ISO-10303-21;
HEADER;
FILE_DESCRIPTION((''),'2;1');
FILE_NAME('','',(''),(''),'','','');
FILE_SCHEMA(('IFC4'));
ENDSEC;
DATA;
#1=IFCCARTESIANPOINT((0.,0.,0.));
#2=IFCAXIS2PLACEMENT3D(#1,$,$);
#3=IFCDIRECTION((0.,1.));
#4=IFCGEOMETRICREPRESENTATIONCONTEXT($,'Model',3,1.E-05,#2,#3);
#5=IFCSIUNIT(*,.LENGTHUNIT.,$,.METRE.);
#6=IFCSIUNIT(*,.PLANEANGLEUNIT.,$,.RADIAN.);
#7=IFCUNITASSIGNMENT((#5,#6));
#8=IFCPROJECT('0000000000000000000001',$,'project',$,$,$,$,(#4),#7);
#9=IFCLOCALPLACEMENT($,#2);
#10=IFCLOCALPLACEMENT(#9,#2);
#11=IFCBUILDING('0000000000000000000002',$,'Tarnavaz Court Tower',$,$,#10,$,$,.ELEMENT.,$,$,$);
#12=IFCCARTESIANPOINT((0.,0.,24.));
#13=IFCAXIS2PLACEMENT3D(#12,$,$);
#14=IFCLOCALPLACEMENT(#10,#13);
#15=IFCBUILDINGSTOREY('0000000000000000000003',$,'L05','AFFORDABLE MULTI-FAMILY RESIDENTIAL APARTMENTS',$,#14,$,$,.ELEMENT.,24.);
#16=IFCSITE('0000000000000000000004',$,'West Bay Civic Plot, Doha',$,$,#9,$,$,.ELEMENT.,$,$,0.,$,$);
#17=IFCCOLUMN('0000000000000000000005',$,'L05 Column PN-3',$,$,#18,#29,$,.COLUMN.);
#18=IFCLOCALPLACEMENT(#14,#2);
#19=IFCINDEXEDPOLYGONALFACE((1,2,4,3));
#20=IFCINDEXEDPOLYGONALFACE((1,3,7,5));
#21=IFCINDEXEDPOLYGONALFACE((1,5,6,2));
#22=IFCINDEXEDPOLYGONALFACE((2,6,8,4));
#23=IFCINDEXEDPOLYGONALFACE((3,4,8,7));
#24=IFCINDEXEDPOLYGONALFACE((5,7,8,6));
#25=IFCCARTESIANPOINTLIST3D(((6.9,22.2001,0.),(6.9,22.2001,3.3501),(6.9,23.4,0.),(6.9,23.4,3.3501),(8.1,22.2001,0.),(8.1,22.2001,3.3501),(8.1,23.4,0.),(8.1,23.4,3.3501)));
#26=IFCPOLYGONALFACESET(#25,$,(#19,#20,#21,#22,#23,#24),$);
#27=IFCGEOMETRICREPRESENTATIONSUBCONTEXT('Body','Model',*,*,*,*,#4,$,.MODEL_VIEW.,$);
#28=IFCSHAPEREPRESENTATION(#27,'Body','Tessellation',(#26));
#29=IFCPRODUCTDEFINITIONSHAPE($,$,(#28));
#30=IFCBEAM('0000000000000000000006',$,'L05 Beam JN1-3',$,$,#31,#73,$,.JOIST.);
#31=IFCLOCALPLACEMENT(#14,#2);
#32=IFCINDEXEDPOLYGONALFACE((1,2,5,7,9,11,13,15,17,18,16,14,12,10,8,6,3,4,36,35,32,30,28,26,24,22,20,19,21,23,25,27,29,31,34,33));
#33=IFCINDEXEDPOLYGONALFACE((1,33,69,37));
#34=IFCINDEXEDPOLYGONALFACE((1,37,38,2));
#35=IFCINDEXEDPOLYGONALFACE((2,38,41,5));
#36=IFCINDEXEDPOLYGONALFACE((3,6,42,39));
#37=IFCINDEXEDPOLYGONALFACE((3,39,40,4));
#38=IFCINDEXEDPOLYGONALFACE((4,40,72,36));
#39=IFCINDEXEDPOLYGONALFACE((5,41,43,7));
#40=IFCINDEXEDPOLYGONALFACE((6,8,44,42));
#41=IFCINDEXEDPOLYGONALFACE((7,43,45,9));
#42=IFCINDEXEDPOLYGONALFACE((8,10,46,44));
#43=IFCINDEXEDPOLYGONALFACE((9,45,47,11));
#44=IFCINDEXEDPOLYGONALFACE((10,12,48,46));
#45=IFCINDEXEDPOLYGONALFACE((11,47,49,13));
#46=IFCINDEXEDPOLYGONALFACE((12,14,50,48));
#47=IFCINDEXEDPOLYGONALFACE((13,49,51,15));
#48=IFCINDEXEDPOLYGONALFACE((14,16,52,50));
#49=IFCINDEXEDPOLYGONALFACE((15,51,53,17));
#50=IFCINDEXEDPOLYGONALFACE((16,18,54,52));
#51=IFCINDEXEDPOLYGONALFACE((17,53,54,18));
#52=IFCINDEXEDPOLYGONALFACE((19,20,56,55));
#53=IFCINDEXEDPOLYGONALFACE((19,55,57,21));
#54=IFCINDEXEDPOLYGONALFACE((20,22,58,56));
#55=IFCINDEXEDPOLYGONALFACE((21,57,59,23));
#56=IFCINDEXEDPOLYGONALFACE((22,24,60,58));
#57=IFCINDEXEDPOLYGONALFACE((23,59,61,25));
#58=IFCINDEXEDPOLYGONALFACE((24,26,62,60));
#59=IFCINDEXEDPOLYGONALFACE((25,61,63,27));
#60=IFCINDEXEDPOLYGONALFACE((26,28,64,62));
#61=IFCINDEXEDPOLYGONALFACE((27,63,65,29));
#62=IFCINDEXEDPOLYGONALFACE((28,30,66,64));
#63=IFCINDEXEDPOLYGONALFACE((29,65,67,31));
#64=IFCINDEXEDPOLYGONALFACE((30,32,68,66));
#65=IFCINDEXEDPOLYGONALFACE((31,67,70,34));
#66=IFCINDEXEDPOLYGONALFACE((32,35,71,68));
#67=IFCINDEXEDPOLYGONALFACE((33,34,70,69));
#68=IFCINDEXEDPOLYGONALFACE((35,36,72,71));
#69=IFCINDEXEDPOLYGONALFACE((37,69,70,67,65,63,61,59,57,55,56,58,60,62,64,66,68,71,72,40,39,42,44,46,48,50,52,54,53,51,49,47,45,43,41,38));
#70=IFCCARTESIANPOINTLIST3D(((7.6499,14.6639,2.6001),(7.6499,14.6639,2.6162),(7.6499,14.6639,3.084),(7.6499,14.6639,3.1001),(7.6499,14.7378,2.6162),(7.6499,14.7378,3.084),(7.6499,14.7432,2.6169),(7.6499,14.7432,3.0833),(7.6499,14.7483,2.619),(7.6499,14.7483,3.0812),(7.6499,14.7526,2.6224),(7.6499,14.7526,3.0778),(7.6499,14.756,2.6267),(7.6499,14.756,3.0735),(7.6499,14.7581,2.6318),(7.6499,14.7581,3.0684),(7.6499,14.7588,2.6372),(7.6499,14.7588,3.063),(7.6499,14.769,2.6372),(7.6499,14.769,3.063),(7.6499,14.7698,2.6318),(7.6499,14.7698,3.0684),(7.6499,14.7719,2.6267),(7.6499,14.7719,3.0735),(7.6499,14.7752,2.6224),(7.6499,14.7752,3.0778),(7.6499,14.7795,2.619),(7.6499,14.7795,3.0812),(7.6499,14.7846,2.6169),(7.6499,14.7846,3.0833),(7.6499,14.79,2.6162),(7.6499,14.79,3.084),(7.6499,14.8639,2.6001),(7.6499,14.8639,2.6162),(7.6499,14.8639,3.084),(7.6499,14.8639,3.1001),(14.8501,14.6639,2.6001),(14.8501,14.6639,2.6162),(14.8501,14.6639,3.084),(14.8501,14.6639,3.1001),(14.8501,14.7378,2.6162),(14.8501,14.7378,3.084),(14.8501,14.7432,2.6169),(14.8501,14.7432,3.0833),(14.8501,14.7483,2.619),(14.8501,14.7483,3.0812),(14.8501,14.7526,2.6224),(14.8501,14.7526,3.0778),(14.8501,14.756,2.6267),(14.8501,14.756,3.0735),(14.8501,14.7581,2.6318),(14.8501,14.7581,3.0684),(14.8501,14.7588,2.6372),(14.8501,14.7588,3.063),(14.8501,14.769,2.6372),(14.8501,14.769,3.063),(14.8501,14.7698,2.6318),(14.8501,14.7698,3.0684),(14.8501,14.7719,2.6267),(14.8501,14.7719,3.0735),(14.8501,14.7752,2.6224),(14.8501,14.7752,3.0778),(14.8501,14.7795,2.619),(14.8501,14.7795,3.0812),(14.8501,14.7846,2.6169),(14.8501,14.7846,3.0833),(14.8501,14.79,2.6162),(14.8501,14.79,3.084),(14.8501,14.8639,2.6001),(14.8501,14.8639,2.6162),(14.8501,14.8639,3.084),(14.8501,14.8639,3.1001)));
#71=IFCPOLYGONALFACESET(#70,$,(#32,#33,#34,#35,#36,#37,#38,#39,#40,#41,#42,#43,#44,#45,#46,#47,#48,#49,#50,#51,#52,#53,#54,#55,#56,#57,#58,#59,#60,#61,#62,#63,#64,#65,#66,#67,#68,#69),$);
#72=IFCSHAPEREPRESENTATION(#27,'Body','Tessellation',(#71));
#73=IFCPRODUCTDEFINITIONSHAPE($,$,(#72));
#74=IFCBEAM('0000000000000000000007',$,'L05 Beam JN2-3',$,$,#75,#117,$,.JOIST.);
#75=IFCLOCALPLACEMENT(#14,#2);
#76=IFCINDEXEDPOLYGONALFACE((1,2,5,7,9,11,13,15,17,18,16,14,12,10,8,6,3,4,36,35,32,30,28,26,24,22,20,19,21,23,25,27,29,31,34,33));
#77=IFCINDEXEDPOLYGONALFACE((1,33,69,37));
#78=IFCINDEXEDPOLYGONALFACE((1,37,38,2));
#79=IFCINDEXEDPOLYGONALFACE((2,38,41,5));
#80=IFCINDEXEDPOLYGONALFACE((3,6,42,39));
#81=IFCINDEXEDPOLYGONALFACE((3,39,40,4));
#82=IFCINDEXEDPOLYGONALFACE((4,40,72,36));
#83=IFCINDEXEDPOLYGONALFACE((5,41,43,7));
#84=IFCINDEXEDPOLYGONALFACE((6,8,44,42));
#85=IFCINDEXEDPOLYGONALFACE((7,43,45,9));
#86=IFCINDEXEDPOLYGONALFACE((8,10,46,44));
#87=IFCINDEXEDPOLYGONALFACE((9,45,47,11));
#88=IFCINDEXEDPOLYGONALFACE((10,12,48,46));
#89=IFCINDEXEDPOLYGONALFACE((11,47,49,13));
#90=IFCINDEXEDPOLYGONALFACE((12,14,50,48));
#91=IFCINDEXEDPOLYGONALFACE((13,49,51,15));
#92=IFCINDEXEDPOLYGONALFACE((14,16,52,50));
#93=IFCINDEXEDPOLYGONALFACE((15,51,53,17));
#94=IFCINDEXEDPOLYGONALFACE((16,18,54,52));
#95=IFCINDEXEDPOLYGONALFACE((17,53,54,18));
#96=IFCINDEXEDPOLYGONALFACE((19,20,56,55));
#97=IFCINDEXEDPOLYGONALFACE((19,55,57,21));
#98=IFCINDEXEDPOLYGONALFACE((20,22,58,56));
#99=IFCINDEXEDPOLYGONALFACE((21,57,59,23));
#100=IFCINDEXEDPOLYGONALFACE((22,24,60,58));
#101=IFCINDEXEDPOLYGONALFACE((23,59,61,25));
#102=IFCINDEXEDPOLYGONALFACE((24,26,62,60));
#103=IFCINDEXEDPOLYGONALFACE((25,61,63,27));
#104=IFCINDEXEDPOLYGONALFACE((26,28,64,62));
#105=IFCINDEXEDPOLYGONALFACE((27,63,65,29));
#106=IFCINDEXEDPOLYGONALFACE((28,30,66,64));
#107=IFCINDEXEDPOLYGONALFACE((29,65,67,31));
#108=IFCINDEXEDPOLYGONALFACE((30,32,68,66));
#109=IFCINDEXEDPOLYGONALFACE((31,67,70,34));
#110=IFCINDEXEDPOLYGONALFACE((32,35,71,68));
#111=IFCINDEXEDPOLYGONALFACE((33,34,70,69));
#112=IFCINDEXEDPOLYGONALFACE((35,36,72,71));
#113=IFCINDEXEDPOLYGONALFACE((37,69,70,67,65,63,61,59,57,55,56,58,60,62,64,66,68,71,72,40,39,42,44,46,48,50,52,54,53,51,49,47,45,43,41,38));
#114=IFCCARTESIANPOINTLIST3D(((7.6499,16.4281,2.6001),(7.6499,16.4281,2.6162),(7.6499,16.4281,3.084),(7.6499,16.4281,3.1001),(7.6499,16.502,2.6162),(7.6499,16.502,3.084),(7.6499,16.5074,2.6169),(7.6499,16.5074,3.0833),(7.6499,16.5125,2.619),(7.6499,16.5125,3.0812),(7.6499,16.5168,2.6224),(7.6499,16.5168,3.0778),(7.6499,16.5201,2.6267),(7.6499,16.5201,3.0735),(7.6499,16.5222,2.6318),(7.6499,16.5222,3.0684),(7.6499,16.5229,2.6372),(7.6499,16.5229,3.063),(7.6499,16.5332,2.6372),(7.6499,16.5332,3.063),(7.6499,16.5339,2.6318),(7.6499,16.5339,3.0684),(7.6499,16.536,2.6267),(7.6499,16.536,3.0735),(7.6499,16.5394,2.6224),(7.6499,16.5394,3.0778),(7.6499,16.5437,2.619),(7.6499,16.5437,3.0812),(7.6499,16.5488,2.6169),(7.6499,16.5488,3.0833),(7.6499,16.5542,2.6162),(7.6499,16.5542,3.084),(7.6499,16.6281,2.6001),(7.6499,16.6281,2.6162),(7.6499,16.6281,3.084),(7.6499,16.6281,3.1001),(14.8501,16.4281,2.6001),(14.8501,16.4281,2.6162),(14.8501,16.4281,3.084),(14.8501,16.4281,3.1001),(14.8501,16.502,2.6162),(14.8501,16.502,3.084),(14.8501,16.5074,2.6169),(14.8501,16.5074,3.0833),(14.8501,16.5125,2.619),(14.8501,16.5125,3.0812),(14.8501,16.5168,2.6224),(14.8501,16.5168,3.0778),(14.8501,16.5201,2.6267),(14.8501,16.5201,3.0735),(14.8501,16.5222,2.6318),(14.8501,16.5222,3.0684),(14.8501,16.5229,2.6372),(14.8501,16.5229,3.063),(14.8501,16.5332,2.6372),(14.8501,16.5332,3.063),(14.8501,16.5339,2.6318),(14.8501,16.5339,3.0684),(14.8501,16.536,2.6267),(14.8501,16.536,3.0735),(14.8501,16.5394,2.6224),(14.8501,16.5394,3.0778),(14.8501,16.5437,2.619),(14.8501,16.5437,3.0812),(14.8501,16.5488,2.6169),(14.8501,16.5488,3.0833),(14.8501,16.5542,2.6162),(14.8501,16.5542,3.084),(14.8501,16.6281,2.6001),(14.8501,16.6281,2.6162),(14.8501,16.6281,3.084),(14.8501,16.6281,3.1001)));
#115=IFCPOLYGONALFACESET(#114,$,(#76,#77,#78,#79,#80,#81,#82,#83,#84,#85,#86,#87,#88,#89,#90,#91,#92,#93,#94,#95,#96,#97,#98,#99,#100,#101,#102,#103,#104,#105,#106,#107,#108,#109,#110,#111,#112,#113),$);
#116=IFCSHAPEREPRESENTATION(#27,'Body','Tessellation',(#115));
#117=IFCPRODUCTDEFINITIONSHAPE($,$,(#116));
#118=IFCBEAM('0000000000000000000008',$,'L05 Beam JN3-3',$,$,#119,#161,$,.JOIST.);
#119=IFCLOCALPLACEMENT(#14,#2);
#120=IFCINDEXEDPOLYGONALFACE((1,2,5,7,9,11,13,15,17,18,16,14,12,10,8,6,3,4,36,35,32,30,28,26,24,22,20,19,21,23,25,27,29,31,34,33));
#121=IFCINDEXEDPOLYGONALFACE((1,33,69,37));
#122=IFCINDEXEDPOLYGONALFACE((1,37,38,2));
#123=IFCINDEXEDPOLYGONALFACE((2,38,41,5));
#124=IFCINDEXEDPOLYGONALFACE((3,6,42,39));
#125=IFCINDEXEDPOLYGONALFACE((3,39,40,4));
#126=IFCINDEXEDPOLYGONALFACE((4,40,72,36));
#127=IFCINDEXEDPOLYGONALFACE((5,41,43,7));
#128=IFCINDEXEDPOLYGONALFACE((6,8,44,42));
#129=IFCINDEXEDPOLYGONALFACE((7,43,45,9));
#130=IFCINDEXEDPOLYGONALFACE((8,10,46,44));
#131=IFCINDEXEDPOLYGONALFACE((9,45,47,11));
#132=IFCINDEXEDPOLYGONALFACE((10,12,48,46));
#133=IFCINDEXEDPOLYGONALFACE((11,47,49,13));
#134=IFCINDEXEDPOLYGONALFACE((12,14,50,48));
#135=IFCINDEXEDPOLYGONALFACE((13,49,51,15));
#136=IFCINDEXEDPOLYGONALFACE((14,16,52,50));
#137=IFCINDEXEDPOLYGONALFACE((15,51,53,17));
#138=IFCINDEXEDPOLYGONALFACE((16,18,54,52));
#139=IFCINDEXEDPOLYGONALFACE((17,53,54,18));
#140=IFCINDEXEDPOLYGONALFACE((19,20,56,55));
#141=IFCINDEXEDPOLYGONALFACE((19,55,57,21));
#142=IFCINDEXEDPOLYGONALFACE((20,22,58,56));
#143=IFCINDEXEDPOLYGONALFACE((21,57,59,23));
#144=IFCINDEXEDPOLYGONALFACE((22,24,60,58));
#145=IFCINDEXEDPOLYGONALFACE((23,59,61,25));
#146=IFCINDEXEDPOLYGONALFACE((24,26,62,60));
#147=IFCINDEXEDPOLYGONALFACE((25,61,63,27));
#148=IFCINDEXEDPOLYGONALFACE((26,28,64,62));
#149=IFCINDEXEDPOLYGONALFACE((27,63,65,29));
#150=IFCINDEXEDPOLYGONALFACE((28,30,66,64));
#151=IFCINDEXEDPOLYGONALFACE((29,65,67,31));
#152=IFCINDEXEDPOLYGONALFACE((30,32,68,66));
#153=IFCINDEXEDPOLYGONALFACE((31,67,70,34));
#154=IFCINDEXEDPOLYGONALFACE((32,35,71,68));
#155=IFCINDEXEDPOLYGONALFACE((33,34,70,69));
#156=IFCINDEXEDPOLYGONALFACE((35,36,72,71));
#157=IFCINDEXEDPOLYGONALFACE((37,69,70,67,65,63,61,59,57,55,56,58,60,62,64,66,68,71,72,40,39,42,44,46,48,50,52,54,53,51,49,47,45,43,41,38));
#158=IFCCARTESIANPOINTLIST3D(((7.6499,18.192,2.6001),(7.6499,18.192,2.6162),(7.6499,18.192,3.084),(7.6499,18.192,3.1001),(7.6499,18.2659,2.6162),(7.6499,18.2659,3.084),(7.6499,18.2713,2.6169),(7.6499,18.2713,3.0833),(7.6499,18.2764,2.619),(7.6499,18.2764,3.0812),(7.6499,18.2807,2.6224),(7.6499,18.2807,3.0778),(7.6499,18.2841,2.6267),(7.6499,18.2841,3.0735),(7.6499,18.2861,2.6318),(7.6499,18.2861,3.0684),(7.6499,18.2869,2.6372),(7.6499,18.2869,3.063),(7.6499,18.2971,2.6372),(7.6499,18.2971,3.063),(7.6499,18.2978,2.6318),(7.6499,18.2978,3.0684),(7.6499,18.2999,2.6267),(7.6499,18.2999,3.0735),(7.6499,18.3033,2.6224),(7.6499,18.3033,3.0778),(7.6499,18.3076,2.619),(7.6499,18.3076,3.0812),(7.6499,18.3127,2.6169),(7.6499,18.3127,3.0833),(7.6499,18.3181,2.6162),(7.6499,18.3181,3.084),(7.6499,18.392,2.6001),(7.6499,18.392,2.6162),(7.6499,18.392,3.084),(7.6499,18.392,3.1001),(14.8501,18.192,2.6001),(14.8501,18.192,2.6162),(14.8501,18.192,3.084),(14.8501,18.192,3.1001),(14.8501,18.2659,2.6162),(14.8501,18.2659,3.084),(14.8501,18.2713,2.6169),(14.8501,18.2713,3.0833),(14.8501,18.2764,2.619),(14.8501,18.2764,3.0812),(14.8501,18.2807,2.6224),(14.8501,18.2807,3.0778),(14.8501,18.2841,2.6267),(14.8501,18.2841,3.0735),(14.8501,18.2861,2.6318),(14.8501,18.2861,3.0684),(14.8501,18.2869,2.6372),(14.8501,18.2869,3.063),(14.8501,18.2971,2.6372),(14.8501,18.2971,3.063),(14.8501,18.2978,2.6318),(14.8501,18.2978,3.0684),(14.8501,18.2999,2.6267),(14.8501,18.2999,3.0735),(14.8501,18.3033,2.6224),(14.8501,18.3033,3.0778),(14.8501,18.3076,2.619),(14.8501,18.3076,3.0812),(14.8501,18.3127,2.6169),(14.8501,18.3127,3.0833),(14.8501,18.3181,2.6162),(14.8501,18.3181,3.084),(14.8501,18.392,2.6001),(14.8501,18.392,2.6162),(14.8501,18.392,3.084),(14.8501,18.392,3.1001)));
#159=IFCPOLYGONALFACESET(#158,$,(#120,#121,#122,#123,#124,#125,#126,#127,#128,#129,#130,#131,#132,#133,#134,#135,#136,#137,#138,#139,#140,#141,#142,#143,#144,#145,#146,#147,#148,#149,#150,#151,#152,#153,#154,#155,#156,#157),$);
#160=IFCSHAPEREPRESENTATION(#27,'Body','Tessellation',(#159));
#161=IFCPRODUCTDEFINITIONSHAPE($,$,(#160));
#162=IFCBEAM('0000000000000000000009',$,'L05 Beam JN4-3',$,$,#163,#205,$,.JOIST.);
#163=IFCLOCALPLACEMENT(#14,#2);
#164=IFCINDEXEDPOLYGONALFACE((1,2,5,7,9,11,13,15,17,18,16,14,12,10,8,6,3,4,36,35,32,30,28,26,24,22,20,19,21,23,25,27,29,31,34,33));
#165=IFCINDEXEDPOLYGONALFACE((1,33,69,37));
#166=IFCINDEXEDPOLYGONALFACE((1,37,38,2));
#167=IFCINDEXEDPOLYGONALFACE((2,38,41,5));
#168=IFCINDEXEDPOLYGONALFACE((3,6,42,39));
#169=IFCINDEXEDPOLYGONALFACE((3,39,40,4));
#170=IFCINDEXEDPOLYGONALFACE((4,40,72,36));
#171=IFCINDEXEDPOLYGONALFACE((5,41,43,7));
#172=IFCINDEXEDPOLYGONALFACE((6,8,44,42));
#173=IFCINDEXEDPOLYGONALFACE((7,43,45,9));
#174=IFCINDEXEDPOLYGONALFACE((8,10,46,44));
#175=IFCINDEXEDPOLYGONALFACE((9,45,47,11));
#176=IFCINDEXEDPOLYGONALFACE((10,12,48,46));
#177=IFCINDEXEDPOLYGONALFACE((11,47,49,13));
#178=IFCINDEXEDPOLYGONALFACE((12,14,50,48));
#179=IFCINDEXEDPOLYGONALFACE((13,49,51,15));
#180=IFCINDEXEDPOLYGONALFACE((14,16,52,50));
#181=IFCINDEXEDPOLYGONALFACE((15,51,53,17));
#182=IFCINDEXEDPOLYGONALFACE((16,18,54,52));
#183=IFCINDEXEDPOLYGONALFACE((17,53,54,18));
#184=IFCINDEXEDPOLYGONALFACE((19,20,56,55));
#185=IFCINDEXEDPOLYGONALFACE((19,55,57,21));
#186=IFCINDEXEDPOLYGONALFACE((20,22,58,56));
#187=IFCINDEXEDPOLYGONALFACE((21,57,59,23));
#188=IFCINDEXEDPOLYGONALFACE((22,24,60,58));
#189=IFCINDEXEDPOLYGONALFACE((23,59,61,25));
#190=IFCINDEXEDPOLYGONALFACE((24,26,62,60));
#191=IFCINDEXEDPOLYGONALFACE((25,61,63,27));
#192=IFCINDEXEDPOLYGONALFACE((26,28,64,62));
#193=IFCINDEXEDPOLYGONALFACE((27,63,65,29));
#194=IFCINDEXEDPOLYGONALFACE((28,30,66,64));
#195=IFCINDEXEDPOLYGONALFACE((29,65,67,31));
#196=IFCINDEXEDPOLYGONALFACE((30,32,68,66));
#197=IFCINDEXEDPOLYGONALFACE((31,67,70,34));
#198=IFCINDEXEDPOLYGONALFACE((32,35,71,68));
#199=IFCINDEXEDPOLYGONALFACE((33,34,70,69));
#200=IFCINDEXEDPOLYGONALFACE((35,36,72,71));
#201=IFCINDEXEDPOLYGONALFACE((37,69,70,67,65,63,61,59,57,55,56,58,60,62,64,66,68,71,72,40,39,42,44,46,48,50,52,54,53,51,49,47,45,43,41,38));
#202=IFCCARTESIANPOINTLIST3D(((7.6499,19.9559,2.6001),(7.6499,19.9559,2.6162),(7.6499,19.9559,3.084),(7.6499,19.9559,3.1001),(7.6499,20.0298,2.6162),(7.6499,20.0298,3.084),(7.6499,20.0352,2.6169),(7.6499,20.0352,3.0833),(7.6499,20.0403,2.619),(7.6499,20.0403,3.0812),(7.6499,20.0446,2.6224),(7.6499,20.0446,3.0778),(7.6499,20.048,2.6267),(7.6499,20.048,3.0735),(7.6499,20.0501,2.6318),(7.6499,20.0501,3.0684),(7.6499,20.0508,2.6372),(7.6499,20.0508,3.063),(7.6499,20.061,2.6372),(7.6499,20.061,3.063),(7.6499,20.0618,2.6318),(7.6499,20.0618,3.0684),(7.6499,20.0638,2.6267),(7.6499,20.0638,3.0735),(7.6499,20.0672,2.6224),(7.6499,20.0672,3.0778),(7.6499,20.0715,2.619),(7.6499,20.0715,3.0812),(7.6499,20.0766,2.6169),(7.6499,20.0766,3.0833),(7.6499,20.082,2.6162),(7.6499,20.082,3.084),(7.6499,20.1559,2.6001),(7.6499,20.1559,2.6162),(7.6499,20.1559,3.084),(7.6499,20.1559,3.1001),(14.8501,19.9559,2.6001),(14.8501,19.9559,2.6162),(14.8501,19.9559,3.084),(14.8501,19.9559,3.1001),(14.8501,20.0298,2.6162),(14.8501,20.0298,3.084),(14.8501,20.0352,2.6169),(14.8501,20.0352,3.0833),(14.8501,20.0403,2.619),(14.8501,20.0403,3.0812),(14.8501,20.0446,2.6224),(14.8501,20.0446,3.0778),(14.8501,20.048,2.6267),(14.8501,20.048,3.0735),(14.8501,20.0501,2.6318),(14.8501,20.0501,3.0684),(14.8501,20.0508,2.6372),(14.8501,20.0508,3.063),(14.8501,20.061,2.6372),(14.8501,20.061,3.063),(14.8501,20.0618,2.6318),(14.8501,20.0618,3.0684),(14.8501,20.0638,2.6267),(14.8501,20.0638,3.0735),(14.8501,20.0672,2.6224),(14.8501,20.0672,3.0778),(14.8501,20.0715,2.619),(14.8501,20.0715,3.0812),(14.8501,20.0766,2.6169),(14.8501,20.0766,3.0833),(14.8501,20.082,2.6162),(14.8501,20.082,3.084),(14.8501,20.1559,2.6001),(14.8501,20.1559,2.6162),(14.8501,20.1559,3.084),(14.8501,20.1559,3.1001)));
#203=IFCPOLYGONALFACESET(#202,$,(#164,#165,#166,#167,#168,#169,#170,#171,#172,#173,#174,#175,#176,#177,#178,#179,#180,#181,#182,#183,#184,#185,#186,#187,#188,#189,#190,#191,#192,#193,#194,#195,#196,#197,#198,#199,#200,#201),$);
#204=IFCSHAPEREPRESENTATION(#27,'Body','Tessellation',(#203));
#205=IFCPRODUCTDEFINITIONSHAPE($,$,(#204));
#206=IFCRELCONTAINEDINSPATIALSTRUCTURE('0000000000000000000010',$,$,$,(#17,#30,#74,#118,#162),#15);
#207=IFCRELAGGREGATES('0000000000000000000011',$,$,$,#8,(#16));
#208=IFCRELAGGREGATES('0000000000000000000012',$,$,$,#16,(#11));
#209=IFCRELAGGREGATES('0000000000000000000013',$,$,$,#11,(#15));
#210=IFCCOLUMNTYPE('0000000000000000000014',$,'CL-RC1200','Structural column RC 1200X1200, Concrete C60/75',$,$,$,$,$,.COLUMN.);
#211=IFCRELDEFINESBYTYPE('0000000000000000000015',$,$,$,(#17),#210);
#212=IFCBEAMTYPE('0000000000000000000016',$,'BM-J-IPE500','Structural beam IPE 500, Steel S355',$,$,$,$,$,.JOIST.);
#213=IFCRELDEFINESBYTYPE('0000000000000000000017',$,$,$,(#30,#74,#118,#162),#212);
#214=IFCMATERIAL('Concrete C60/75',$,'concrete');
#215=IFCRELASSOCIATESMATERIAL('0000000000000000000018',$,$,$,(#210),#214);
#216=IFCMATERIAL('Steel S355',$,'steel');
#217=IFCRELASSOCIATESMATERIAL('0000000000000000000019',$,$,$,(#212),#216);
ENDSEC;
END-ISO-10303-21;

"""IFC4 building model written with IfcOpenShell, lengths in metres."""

from ifc_helpers import new_model, si_unit, direction, frame, origin, origin_2d, place, context, subcontext, project, spatial, rectangle, i_section, extrude, material, material_profile, profile_set, type_object, element, save


model = new_model("IFC4")

# Units and contexts
model_context = context("Model", 3, precision=1e-05, world=origin(), true_north=direction((0.0, 1.0)))
body_context = subcontext(model_context, "Body", "Model", "MODEL_VIEW")
ifc_project = project(units=[si_unit("LENGTHUNIT", "METRE"), si_unit("PLANEANGLEUNIT", "RADIAN")], contexts=[model_context])

# Site, building, storey
site_placement = place(None, origin())
site = spatial("IfcSite", under=ifc_project, at=site_placement, Name="West Bay Civic Plot, Doha", CompositionType="ELEMENT", RefElevation=0.0)
building_placement = place(site_placement, origin())
building = spatial("IfcBuilding", under=site, at=building_placement, Name="Tarnavaz Court Tower", CompositionType="ELEMENT")
storey_placement = place(building_placement, frame((0.0, 0.0, 24.0)))
storey = spatial("IfcBuildingStorey", under=building, at=storey_placement, Name="L05", Description="AFFORDABLE MULTI-FAMILY RESIDENTIAL APARTMENTS", CompositionType="ELEMENT", Elevation=24.0)

# Column
ifc_material_1 = material(Name="Concrete C60/75", Category="concrete")
ifc_material_profile_1 = material_profile(ifc_material_1, rectangle(XDim=1.2, YDim=1.2, at=origin_2d()), Name="RC 1200X1200")
ifc_profile_set_1 = profile_set([ifc_material_profile_1], Name="Concrete C60/75")
column_type = type_object("IfcColumnType", Name="CL-RC1200", Description="Structural column RC 1200X1200, Concrete C60/75", PredefinedType="COLUMN", material=ifc_profile_set_1)
column_placement = place(storey_placement, frame((7.5, 22.8, 0.0), z_axis=(0.0, 0.0, 1.0), x_axis=(1.0, 0.0, 0.0)))
element("IfcColumn", 1, at=column_placement, inside=storey, type_object=column_type, Name="L05 Column PN-3", PredefinedType="COLUMN", context=body_context, shape_type="SweptSolid", body=[
    extrude(rectangle(XDim=1.2, YDim=1.2, at=origin_2d()), origin(), (0.0, 0.0, 1.0), 3.3501),
])

# Beams
ifc_material_2 = material(Name="Steel S355", Category="steel")
ifc_material_profile_2 = material_profile(ifc_material_2, i_section(OverallWidth=0.2, OverallDepth=0.5, WebThickness=0.0103, FlangeThickness=0.0161, FilletRadius=0.021, at=origin_2d()), Name="IPE 500")
ifc_profile_set_2 = profile_set([ifc_material_profile_2], Name="Steel S355")
beam_type_1 = type_object("IfcBeamType", Name="BM-J-IPE500", Description="Structural beam IPE 500, Steel S355", PredefinedType="JOIST", material=ifc_profile_set_2)
for number, where, z_axis, x_axis, name in (
    (2, (7.6499, 14.7639, 2.8501), (1.0, 0.0, 0.0), (0.0, 1.0, 0.0), "L05 Beam JN1-3"),
    (3, (7.6499, 16.5281, 2.8501), (1.0, 0.0, 0.0), (0.0, 1.0, 0.0), "L05 Beam JN2-3"),
    (4, (7.6499, 18.292, 2.8501), (1.0, 0.0, 0.0), (0.0, 1.0, 0.0), "L05 Beam JN3-3"),
    (5, (7.6499, 20.0559, 2.8501), (1.0, 0.0, 0.0), (0.0, 1.0, 0.0), "L05 Beam JN4-3"),
):
    element("IfcBeam", number, at=place(storey_placement, frame(where, z_axis=z_axis, x_axis=x_axis)), inside=storey, type_object=beam_type_1, Name=name, PredefinedType="JOIST", context=body_context, shape_type="SweptSolid", body=[
        extrude(i_section(OverallWidth=0.2, OverallDepth=0.5, WebThickness=0.0103, FlangeThickness=0.0161, FilletRadius=0.021, at=origin_2d()), origin(), (0.0, 0.0, 1.0), 7.2002),
    ])

save(model, "model.ifc")
